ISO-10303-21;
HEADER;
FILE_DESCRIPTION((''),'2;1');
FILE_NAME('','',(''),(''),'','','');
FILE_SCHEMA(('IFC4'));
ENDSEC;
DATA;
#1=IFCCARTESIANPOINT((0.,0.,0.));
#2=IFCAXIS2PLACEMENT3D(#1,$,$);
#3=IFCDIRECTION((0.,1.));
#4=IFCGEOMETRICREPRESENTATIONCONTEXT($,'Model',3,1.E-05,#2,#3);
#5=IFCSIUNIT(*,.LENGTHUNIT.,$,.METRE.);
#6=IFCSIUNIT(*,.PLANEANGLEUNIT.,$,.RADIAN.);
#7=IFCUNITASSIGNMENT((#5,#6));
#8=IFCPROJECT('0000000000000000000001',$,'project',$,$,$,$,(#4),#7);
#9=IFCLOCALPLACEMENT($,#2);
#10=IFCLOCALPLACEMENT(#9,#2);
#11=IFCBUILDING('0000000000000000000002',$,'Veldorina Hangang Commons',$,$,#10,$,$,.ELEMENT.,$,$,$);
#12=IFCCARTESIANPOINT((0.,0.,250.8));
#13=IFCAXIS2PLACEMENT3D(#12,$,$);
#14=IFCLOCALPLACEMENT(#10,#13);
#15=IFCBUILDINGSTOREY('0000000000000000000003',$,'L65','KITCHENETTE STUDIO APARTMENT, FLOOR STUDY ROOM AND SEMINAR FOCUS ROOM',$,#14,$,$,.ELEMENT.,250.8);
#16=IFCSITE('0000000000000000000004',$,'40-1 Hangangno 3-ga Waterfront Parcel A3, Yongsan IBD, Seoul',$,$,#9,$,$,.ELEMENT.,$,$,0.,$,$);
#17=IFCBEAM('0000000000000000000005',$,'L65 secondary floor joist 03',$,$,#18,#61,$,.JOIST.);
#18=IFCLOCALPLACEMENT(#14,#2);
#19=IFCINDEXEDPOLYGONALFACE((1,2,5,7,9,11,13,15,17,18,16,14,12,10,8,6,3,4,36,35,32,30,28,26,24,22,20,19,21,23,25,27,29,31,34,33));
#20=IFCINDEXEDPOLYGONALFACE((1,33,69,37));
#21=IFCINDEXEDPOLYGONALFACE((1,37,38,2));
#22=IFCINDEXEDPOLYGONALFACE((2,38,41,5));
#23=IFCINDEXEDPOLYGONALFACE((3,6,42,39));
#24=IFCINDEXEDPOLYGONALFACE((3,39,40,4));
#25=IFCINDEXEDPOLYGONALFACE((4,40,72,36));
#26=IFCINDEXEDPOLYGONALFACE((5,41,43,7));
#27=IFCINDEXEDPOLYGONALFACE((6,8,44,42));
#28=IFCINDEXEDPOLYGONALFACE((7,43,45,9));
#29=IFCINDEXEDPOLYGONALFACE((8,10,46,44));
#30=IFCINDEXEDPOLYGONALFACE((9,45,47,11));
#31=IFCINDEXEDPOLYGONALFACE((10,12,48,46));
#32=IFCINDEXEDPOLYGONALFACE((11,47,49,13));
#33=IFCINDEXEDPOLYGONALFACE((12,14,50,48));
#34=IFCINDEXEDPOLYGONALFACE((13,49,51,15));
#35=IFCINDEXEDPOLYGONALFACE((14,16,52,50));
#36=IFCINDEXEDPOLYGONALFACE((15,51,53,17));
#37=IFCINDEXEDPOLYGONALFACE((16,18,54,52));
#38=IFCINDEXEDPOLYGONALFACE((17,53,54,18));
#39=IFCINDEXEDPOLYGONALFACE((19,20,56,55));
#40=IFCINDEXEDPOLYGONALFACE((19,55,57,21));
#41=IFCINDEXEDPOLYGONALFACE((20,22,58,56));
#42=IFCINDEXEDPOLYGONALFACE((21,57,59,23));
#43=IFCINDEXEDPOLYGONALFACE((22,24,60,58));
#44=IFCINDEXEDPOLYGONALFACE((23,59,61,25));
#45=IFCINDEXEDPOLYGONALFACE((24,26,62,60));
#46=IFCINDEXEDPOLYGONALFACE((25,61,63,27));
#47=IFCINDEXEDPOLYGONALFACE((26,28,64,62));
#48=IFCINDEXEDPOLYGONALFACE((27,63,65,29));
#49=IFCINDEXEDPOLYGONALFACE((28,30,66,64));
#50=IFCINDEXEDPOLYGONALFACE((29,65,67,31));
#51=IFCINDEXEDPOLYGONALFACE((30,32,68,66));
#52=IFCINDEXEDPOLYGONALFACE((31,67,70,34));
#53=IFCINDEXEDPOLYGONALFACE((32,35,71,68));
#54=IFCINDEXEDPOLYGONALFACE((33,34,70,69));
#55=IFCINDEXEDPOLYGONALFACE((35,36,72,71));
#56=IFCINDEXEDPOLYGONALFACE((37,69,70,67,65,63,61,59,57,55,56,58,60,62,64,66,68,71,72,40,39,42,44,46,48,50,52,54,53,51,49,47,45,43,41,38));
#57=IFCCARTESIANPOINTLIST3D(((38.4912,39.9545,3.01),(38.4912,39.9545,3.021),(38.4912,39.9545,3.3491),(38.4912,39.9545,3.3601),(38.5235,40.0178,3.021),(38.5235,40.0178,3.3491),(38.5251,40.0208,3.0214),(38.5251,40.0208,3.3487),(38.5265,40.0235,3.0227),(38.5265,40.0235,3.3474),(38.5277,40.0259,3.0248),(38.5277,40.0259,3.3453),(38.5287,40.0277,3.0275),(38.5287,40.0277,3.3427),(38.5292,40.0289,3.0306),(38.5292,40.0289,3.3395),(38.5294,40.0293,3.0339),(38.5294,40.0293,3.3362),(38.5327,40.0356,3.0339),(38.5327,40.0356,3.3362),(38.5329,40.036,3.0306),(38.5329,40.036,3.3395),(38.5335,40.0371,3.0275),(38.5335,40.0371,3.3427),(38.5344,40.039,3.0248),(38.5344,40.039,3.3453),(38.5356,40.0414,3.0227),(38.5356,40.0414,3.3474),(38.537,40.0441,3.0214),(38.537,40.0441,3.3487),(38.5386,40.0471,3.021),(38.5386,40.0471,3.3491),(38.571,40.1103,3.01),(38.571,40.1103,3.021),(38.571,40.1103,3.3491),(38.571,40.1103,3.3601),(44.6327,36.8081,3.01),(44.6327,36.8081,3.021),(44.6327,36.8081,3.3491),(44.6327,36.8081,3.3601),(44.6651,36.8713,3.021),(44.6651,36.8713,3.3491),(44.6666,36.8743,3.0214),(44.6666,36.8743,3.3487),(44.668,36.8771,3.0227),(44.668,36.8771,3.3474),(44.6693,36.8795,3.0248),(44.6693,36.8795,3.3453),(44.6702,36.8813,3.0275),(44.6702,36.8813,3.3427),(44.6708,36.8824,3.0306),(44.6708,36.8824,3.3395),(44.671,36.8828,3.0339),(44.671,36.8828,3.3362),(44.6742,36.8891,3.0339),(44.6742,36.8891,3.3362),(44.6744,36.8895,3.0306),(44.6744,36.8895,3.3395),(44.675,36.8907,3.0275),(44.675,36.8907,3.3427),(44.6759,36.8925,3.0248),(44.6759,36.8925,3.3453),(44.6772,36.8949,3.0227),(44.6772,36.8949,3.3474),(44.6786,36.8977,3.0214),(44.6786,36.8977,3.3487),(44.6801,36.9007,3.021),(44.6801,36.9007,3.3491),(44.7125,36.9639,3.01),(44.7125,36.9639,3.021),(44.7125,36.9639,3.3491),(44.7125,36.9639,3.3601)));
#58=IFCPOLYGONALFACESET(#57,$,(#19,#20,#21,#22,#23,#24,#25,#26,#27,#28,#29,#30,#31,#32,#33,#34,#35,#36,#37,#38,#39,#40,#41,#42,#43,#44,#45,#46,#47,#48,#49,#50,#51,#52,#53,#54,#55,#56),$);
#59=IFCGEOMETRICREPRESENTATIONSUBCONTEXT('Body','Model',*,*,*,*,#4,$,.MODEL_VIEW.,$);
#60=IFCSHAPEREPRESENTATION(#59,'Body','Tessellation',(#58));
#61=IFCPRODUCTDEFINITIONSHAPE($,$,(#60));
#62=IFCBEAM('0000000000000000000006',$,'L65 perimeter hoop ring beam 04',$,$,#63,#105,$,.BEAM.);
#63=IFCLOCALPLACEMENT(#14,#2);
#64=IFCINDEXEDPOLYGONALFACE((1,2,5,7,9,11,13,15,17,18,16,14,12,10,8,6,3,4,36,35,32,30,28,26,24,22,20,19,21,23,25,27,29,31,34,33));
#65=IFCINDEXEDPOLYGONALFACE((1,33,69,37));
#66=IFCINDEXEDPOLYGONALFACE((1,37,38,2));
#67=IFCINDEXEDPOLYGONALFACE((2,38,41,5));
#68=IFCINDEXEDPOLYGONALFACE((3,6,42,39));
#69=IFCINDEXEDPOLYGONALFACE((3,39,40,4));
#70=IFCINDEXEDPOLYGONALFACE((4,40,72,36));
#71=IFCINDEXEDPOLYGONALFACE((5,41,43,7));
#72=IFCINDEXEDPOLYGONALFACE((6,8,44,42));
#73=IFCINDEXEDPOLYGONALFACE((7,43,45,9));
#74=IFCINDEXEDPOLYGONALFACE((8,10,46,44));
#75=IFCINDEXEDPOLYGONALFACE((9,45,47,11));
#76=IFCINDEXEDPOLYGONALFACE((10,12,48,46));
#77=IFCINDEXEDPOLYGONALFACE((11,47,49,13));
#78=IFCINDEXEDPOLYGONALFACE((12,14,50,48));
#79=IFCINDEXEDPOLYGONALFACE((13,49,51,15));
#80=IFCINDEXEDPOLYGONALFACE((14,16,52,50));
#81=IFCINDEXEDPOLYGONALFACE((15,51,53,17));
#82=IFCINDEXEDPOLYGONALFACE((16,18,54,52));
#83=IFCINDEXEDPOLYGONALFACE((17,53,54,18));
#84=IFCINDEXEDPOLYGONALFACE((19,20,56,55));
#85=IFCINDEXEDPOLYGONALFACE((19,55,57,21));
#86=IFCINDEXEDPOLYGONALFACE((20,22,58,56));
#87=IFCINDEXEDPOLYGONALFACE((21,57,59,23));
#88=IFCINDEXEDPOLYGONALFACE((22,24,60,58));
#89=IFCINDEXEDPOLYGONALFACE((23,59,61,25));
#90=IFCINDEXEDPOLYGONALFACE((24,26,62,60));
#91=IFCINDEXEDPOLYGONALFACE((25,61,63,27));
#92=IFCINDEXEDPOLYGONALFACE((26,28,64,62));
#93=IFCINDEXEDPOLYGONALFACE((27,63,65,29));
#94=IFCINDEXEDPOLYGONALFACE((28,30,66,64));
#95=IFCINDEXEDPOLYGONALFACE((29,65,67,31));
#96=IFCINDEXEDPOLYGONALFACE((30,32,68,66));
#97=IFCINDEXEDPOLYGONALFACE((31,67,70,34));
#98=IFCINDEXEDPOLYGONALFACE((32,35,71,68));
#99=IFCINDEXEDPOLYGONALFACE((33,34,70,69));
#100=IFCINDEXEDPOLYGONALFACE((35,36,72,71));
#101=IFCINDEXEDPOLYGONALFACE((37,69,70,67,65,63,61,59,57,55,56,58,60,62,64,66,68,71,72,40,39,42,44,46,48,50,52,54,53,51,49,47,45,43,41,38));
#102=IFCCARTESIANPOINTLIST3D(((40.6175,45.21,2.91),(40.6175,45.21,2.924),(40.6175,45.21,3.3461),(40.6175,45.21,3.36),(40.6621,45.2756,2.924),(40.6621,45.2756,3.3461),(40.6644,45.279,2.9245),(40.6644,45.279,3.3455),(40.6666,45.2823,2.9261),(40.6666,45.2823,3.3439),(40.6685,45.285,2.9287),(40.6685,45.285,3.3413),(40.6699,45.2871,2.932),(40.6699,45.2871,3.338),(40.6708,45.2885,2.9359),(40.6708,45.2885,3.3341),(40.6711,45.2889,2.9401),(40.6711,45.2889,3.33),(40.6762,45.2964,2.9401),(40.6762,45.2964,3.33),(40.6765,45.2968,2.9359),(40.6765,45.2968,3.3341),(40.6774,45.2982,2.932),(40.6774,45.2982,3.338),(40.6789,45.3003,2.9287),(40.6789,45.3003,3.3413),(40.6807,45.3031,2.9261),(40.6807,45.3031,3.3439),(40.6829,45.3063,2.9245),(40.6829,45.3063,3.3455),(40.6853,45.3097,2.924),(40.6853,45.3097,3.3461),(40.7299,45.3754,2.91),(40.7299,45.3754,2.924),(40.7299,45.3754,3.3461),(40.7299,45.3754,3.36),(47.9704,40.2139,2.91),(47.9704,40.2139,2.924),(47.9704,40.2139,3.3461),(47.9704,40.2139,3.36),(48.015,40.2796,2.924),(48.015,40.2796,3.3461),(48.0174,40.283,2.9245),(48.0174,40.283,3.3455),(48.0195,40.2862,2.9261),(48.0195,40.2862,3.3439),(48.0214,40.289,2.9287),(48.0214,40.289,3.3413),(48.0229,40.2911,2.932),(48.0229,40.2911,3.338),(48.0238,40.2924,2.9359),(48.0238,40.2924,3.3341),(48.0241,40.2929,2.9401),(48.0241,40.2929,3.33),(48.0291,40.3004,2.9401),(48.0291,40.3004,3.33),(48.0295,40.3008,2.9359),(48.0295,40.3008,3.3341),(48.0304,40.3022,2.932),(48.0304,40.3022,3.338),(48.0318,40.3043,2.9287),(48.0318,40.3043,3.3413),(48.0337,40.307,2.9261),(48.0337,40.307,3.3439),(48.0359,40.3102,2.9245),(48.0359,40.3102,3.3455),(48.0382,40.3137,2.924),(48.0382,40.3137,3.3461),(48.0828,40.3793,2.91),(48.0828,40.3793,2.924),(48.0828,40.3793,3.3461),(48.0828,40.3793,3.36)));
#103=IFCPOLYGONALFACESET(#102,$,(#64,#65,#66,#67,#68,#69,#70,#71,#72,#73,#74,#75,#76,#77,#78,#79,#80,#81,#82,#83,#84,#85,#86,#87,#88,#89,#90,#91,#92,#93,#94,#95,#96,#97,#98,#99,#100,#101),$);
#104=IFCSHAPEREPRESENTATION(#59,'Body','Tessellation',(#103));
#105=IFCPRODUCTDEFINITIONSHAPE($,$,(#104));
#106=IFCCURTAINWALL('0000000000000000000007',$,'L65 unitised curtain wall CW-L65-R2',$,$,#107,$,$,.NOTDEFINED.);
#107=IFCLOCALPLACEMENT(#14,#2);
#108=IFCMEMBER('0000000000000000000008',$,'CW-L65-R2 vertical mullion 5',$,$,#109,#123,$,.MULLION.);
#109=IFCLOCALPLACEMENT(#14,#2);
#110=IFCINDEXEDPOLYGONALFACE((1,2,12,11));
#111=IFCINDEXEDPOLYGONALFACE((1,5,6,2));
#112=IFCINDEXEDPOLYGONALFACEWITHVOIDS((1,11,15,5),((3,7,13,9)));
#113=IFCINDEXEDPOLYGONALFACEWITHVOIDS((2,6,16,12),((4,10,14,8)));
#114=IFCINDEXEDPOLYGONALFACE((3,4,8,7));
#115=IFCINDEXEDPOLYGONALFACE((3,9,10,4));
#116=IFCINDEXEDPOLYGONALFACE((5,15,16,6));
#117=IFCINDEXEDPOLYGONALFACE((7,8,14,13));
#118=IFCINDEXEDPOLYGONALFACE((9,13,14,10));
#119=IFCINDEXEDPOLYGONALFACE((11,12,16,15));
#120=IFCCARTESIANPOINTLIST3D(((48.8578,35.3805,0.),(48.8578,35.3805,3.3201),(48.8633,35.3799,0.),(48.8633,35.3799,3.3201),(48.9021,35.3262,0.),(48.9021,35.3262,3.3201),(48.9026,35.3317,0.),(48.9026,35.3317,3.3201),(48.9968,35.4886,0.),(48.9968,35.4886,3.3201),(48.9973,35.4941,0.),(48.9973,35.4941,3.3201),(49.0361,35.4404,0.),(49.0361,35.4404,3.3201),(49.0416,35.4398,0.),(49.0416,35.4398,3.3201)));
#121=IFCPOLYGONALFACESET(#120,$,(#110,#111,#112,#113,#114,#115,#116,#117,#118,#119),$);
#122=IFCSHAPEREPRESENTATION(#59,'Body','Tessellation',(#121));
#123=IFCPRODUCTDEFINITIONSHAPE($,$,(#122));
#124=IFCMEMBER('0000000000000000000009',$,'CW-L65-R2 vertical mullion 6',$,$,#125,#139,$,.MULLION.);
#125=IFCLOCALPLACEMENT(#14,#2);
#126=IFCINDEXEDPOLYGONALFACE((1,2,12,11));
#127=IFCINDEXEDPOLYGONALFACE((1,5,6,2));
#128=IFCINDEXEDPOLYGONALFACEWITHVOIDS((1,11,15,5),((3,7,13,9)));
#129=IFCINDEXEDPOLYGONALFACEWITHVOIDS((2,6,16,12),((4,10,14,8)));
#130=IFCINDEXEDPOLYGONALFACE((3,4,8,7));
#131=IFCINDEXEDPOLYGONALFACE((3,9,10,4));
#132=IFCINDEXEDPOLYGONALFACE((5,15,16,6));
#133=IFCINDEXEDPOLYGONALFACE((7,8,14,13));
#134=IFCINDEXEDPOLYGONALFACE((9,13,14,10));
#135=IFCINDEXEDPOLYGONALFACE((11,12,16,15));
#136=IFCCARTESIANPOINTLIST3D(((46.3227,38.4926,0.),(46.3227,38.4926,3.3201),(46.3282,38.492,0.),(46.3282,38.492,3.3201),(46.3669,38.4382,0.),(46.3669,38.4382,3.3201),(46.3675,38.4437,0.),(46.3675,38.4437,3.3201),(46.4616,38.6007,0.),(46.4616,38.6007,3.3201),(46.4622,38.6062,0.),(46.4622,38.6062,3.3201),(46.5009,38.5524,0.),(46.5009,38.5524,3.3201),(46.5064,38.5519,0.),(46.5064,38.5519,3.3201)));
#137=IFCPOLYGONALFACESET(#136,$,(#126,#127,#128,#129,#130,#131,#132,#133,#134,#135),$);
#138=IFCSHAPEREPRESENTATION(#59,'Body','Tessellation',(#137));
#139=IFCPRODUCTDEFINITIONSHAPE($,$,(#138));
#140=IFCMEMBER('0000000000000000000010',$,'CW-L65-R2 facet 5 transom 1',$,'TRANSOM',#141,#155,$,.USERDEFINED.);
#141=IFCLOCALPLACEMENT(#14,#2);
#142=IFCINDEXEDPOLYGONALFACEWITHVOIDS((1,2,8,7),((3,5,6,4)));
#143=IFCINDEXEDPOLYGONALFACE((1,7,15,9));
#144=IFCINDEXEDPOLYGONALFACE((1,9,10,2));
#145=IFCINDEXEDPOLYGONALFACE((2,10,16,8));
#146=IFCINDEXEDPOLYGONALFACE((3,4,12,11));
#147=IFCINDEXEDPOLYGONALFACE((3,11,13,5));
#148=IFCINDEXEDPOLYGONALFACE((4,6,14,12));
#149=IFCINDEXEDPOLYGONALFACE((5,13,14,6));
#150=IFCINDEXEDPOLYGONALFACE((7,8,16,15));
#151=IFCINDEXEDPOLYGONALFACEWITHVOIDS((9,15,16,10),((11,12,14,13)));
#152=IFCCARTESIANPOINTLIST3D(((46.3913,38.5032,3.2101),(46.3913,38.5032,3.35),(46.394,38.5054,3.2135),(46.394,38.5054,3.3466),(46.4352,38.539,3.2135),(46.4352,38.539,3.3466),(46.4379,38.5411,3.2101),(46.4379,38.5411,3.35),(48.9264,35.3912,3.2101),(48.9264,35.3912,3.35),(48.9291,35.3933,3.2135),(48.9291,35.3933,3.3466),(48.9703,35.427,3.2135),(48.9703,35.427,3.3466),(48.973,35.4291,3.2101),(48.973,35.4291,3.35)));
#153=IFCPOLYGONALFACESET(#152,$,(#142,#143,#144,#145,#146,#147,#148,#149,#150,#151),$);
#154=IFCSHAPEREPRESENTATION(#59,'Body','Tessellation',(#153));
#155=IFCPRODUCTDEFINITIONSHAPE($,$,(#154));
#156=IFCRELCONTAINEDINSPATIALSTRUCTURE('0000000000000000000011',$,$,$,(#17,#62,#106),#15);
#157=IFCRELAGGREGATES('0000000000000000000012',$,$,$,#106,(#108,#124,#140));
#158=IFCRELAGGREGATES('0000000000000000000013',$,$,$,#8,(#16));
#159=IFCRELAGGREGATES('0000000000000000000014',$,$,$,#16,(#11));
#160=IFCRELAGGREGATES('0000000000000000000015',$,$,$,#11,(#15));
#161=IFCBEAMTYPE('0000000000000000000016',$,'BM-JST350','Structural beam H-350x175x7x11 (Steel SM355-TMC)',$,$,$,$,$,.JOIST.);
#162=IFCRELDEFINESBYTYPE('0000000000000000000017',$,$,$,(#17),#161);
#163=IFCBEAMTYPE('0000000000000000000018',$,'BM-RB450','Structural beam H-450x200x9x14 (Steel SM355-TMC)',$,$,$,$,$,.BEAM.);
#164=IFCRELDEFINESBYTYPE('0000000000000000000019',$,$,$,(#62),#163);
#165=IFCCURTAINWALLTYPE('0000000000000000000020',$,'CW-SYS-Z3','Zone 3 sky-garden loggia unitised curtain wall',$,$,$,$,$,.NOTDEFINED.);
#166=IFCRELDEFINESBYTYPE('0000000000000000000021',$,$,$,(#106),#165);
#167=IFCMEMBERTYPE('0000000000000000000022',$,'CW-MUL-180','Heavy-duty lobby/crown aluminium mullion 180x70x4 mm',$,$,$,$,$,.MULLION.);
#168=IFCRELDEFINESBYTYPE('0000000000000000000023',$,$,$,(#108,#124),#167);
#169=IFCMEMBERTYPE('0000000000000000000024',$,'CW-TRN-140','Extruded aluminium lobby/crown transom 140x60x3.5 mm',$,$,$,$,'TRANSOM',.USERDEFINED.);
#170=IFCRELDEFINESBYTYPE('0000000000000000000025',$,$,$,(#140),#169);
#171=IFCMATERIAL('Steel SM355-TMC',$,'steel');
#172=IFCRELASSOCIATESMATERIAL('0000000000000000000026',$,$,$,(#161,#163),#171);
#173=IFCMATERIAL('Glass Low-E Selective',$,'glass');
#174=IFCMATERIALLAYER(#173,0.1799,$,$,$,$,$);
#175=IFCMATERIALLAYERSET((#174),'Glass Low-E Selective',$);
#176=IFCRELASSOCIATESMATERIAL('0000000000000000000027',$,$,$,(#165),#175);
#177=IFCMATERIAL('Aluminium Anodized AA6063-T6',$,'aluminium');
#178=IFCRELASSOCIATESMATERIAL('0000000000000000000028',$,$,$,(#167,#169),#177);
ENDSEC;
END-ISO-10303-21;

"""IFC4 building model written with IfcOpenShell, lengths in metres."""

from ifc_helpers import new_model, si_unit, direction, frame, origin, origin_2d, place, context, subcontext, project, spatial, hollow_rectangle, i_section, extrude, material, layer, layer_set, material_profile, profile_set, type_object, element, aggregate, save


model = new_model("IFC4")

# Units and contexts
model_context = context("Model", 3, precision=1e-05, world=origin(), true_north=direction((0.0, 1.0)))
body_context = subcontext(model_context, "Body", "Model", "MODEL_VIEW")
ifc_project = project(units=[si_unit("LENGTHUNIT", "METRE"), si_unit("PLANEANGLEUNIT", "RADIAN")], contexts=[model_context])

# Site, building, storey
site_placement = place(None, origin())
site = spatial("IfcSite", under=ifc_project, at=site_placement, Name="40-1 Hangangno 3-ga Waterfront Parcel A3, Yongsan IBD, Seoul", CompositionType="ELEMENT", RefElevation=0.0)
building_placement = place(site_placement, origin())
building = spatial("IfcBuilding", under=site, at=building_placement, Name="Veldorina Hangang Commons", CompositionType="ELEMENT")
storey_placement = place(building_placement, frame((0.0, 0.0, 250.8)))
storey = spatial("IfcBuildingStorey", under=building, at=storey_placement, Name="L65", Description="KITCHENETTE STUDIO APARTMENT, FLOOR STUDY ROOM AND SEMINAR FOCUS ROOM", CompositionType="ELEMENT", Elevation=250.8)

# Beams
ifc_material_1 = material(Name="Steel SM355-TMC", Category="steel")
ifc_material_profile_1 = material_profile(ifc_material_1, i_section(OverallWidth=0.175, OverallDepth=0.3501, WebThickness=0.0071, FlangeThickness=0.011, FilletRadius=0.0129, at=origin_2d()), Name="H-350x175x7x11")
ifc_profile_set_1 = profile_set([ifc_material_profile_1], Name="Steel SM355-TMC")
beam_type_1 = type_object("IfcBeamType", Name="BM-JST350", Description="Structural beam H-350x175x7x11 (Steel SM355-TMC)", PredefinedType="JOIST", material=ifc_profile_set_1)
beam_1_placement = place(storey_placement, frame((44.6726, 36.886, 3.1851), z_axis=(-0.889997, 0.455966, 0.0), x_axis=(-0.455966, -0.889997, 0.0)))
element("IfcBeam", 1, at=beam_1_placement, inside=storey, type_object=beam_type_1, Name="L65 secondary floor joist 03", PredefinedType="JOIST", context=body_context, shape_type="SweptSolid", body=[
    extrude(i_section(OverallWidth=0.175, OverallDepth=0.3501, WebThickness=0.0071, FlangeThickness=0.011, FilletRadius=0.0129, at=origin_2d()), origin(), (0.0, 0.0, 1.0), 6.9006),
])
ifc_material_profile_2 = material_profile(ifc_material_1, i_section(OverallWidth=0.2, OverallDepth=0.45, WebThickness=0.009, FlangeThickness=0.0139, FilletRadius=0.0161, at=origin_2d()), Name="H-450x200x9x14")
ifc_profile_set_2 = profile_set([ifc_material_profile_2], Name="Steel SM355-TMC")
beam_type_2 = type_object("IfcBeamType", Name="BM-RB450", Description="Structural beam H-450x200x9x14 (Steel SM355-TMC)", PredefinedType="BEAM", material=ifc_profile_set_2)
beam_2_placement = place(storey_placement, frame((48.0266, 40.2966, 3.135), z_axis=(-0.827134, 0.562005, 0.0), x_axis=(-0.562005, -0.827134, 0.0)))
element("IfcBeam", 2, at=beam_2_placement, inside=storey, type_object=beam_type_2, Name="L65 perimeter hoop ring beam 04", PredefinedType="BEAM", context=body_context, shape_type="SweptSolid", body=[
    extrude(i_section(OverallWidth=0.2, OverallDepth=0.45, WebThickness=0.009, FlangeThickness=0.0139, FilletRadius=0.0161, at=origin_2d()), origin(), (0.0, 0.0, 1.0), 8.8896),
])

# Curtain wall, members
ifc_material_2 = material(Name="Glass Low-E Selective", Category="glass")
ifc_layer_1 = layer(ifc_material_2, 0.1799)
ifc_layer_set_1 = layer_set([ifc_layer_1], Name="Glass Low-E Selective")
curtain_wall_type = type_object("IfcCurtainWallType", Name="CW-SYS-Z3", Description="Zone 3 sky-garden loggia unitised curtain wall", PredefinedType="NOTDEFINED", material=ifc_layer_set_1)
curtain_wall_placement = place(storey_placement, origin())
curtain_wall = element("IfcCurtainWall", 3, at=curtain_wall_placement, inside=storey, type_object=curtain_wall_type, Name="L65 unitised curtain wall CW-L65-R2", PredefinedType="NOTDEFINED")
ifc_material_3 = material(Name="Aluminium Anodized AA6063-T6", Category="aluminium")
ifc_material_profile_3 = material_profile(ifc_material_3, hollow_rectangle(XDim=0.0701, YDim=0.1799, WallThickness=0.0039, at=origin_2d()), Name="ALU-RHS-180x70x4")
ifc_profile_set_3 = profile_set([ifc_material_profile_3], Name="Aluminium Anodized AA6063-T6")
member_type_1 = type_object("IfcMemberType", Name="CW-MUL-180", Description="Heavy-duty lobby/crown aluminium mullion 180x70x4 mm", PredefinedType="MULLION", material=ifc_profile_set_3)
member_1_placement = place(storey_placement, frame((48.9497, 35.4102, 0.0), z_axis=(0.0, 0.0, 1.0), x_axis=(-0.631569, 0.775319, 0.0)))
member_1 = element("IfcMember", 4, at=member_1_placement, type_object=member_type_1, Name="CW-L65-R2 vertical mullion 5", PredefinedType="MULLION", context=body_context, shape_type="SweptSolid", body=[
    extrude(hollow_rectangle(XDim=0.0701, YDim=0.1799, WallThickness=0.0039, at=origin_2d()), origin(), (0.0, 0.0, 1.0), 3.3201),
])
member_2_placement = place(storey_placement, frame((46.4146, 38.5222, 0.0), z_axis=(0.0, 0.0, 1.0), x_axis=(0.631569, -0.775319, 0.0)))
member_2 = element("IfcMember", 5, at=member_2_placement, type_object=member_type_1, Name="CW-L65-R2 vertical mullion 6", PredefinedType="MULLION", context=body_context, shape_type="SweptSolid", body=[
    extrude(hollow_rectangle(XDim=0.0701, YDim=0.1799, WallThickness=0.0039, at=origin_2d()), origin(), (0.0, 0.0, 1.0), 3.3201),
])
ifc_material_profile_4 = material_profile(ifc_material_3, hollow_rectangle(XDim=0.0601, YDim=0.1399, WallThickness=0.0034, at=origin_2d()), Name="ALU-RHS-140x60x3.5")
ifc_profile_set_4 = profile_set([ifc_material_profile_4], Name="Aluminium Anodized AA6063-T6")
member_type_2 = type_object("IfcMemberType", Name="CW-TRN-140", Description="Extruded aluminium lobby/crown transom 140x60x3.5 mm", ElementType="TRANSOM", PredefinedType="USERDEFINED", material=ifc_profile_set_4)
member_3_placement = place(storey_placement, frame((48.9497, 35.4102, 3.28), z_axis=(-0.631584, 0.775308, 0.0), x_axis=(-0.775308, -0.631584, 0.0)))
member_3 = element("IfcMember", 6, at=member_3_placement, type_object=member_type_2, Name="CW-L65-R2 facet 5 transom 1", ObjectType="TRANSOM", PredefinedType="USERDEFINED", context=body_context, shape_type="SweptSolid", body=[
    extrude(hollow_rectangle(XDim=0.0601, YDim=0.1399, WallThickness=0.0034, at=origin_2d()), origin(), (0.0, 0.0, 1.0), 4.0139),
])

aggregate(curtain_wall, [member_1, member_2, member_3])

save(model, "model.ifc")
